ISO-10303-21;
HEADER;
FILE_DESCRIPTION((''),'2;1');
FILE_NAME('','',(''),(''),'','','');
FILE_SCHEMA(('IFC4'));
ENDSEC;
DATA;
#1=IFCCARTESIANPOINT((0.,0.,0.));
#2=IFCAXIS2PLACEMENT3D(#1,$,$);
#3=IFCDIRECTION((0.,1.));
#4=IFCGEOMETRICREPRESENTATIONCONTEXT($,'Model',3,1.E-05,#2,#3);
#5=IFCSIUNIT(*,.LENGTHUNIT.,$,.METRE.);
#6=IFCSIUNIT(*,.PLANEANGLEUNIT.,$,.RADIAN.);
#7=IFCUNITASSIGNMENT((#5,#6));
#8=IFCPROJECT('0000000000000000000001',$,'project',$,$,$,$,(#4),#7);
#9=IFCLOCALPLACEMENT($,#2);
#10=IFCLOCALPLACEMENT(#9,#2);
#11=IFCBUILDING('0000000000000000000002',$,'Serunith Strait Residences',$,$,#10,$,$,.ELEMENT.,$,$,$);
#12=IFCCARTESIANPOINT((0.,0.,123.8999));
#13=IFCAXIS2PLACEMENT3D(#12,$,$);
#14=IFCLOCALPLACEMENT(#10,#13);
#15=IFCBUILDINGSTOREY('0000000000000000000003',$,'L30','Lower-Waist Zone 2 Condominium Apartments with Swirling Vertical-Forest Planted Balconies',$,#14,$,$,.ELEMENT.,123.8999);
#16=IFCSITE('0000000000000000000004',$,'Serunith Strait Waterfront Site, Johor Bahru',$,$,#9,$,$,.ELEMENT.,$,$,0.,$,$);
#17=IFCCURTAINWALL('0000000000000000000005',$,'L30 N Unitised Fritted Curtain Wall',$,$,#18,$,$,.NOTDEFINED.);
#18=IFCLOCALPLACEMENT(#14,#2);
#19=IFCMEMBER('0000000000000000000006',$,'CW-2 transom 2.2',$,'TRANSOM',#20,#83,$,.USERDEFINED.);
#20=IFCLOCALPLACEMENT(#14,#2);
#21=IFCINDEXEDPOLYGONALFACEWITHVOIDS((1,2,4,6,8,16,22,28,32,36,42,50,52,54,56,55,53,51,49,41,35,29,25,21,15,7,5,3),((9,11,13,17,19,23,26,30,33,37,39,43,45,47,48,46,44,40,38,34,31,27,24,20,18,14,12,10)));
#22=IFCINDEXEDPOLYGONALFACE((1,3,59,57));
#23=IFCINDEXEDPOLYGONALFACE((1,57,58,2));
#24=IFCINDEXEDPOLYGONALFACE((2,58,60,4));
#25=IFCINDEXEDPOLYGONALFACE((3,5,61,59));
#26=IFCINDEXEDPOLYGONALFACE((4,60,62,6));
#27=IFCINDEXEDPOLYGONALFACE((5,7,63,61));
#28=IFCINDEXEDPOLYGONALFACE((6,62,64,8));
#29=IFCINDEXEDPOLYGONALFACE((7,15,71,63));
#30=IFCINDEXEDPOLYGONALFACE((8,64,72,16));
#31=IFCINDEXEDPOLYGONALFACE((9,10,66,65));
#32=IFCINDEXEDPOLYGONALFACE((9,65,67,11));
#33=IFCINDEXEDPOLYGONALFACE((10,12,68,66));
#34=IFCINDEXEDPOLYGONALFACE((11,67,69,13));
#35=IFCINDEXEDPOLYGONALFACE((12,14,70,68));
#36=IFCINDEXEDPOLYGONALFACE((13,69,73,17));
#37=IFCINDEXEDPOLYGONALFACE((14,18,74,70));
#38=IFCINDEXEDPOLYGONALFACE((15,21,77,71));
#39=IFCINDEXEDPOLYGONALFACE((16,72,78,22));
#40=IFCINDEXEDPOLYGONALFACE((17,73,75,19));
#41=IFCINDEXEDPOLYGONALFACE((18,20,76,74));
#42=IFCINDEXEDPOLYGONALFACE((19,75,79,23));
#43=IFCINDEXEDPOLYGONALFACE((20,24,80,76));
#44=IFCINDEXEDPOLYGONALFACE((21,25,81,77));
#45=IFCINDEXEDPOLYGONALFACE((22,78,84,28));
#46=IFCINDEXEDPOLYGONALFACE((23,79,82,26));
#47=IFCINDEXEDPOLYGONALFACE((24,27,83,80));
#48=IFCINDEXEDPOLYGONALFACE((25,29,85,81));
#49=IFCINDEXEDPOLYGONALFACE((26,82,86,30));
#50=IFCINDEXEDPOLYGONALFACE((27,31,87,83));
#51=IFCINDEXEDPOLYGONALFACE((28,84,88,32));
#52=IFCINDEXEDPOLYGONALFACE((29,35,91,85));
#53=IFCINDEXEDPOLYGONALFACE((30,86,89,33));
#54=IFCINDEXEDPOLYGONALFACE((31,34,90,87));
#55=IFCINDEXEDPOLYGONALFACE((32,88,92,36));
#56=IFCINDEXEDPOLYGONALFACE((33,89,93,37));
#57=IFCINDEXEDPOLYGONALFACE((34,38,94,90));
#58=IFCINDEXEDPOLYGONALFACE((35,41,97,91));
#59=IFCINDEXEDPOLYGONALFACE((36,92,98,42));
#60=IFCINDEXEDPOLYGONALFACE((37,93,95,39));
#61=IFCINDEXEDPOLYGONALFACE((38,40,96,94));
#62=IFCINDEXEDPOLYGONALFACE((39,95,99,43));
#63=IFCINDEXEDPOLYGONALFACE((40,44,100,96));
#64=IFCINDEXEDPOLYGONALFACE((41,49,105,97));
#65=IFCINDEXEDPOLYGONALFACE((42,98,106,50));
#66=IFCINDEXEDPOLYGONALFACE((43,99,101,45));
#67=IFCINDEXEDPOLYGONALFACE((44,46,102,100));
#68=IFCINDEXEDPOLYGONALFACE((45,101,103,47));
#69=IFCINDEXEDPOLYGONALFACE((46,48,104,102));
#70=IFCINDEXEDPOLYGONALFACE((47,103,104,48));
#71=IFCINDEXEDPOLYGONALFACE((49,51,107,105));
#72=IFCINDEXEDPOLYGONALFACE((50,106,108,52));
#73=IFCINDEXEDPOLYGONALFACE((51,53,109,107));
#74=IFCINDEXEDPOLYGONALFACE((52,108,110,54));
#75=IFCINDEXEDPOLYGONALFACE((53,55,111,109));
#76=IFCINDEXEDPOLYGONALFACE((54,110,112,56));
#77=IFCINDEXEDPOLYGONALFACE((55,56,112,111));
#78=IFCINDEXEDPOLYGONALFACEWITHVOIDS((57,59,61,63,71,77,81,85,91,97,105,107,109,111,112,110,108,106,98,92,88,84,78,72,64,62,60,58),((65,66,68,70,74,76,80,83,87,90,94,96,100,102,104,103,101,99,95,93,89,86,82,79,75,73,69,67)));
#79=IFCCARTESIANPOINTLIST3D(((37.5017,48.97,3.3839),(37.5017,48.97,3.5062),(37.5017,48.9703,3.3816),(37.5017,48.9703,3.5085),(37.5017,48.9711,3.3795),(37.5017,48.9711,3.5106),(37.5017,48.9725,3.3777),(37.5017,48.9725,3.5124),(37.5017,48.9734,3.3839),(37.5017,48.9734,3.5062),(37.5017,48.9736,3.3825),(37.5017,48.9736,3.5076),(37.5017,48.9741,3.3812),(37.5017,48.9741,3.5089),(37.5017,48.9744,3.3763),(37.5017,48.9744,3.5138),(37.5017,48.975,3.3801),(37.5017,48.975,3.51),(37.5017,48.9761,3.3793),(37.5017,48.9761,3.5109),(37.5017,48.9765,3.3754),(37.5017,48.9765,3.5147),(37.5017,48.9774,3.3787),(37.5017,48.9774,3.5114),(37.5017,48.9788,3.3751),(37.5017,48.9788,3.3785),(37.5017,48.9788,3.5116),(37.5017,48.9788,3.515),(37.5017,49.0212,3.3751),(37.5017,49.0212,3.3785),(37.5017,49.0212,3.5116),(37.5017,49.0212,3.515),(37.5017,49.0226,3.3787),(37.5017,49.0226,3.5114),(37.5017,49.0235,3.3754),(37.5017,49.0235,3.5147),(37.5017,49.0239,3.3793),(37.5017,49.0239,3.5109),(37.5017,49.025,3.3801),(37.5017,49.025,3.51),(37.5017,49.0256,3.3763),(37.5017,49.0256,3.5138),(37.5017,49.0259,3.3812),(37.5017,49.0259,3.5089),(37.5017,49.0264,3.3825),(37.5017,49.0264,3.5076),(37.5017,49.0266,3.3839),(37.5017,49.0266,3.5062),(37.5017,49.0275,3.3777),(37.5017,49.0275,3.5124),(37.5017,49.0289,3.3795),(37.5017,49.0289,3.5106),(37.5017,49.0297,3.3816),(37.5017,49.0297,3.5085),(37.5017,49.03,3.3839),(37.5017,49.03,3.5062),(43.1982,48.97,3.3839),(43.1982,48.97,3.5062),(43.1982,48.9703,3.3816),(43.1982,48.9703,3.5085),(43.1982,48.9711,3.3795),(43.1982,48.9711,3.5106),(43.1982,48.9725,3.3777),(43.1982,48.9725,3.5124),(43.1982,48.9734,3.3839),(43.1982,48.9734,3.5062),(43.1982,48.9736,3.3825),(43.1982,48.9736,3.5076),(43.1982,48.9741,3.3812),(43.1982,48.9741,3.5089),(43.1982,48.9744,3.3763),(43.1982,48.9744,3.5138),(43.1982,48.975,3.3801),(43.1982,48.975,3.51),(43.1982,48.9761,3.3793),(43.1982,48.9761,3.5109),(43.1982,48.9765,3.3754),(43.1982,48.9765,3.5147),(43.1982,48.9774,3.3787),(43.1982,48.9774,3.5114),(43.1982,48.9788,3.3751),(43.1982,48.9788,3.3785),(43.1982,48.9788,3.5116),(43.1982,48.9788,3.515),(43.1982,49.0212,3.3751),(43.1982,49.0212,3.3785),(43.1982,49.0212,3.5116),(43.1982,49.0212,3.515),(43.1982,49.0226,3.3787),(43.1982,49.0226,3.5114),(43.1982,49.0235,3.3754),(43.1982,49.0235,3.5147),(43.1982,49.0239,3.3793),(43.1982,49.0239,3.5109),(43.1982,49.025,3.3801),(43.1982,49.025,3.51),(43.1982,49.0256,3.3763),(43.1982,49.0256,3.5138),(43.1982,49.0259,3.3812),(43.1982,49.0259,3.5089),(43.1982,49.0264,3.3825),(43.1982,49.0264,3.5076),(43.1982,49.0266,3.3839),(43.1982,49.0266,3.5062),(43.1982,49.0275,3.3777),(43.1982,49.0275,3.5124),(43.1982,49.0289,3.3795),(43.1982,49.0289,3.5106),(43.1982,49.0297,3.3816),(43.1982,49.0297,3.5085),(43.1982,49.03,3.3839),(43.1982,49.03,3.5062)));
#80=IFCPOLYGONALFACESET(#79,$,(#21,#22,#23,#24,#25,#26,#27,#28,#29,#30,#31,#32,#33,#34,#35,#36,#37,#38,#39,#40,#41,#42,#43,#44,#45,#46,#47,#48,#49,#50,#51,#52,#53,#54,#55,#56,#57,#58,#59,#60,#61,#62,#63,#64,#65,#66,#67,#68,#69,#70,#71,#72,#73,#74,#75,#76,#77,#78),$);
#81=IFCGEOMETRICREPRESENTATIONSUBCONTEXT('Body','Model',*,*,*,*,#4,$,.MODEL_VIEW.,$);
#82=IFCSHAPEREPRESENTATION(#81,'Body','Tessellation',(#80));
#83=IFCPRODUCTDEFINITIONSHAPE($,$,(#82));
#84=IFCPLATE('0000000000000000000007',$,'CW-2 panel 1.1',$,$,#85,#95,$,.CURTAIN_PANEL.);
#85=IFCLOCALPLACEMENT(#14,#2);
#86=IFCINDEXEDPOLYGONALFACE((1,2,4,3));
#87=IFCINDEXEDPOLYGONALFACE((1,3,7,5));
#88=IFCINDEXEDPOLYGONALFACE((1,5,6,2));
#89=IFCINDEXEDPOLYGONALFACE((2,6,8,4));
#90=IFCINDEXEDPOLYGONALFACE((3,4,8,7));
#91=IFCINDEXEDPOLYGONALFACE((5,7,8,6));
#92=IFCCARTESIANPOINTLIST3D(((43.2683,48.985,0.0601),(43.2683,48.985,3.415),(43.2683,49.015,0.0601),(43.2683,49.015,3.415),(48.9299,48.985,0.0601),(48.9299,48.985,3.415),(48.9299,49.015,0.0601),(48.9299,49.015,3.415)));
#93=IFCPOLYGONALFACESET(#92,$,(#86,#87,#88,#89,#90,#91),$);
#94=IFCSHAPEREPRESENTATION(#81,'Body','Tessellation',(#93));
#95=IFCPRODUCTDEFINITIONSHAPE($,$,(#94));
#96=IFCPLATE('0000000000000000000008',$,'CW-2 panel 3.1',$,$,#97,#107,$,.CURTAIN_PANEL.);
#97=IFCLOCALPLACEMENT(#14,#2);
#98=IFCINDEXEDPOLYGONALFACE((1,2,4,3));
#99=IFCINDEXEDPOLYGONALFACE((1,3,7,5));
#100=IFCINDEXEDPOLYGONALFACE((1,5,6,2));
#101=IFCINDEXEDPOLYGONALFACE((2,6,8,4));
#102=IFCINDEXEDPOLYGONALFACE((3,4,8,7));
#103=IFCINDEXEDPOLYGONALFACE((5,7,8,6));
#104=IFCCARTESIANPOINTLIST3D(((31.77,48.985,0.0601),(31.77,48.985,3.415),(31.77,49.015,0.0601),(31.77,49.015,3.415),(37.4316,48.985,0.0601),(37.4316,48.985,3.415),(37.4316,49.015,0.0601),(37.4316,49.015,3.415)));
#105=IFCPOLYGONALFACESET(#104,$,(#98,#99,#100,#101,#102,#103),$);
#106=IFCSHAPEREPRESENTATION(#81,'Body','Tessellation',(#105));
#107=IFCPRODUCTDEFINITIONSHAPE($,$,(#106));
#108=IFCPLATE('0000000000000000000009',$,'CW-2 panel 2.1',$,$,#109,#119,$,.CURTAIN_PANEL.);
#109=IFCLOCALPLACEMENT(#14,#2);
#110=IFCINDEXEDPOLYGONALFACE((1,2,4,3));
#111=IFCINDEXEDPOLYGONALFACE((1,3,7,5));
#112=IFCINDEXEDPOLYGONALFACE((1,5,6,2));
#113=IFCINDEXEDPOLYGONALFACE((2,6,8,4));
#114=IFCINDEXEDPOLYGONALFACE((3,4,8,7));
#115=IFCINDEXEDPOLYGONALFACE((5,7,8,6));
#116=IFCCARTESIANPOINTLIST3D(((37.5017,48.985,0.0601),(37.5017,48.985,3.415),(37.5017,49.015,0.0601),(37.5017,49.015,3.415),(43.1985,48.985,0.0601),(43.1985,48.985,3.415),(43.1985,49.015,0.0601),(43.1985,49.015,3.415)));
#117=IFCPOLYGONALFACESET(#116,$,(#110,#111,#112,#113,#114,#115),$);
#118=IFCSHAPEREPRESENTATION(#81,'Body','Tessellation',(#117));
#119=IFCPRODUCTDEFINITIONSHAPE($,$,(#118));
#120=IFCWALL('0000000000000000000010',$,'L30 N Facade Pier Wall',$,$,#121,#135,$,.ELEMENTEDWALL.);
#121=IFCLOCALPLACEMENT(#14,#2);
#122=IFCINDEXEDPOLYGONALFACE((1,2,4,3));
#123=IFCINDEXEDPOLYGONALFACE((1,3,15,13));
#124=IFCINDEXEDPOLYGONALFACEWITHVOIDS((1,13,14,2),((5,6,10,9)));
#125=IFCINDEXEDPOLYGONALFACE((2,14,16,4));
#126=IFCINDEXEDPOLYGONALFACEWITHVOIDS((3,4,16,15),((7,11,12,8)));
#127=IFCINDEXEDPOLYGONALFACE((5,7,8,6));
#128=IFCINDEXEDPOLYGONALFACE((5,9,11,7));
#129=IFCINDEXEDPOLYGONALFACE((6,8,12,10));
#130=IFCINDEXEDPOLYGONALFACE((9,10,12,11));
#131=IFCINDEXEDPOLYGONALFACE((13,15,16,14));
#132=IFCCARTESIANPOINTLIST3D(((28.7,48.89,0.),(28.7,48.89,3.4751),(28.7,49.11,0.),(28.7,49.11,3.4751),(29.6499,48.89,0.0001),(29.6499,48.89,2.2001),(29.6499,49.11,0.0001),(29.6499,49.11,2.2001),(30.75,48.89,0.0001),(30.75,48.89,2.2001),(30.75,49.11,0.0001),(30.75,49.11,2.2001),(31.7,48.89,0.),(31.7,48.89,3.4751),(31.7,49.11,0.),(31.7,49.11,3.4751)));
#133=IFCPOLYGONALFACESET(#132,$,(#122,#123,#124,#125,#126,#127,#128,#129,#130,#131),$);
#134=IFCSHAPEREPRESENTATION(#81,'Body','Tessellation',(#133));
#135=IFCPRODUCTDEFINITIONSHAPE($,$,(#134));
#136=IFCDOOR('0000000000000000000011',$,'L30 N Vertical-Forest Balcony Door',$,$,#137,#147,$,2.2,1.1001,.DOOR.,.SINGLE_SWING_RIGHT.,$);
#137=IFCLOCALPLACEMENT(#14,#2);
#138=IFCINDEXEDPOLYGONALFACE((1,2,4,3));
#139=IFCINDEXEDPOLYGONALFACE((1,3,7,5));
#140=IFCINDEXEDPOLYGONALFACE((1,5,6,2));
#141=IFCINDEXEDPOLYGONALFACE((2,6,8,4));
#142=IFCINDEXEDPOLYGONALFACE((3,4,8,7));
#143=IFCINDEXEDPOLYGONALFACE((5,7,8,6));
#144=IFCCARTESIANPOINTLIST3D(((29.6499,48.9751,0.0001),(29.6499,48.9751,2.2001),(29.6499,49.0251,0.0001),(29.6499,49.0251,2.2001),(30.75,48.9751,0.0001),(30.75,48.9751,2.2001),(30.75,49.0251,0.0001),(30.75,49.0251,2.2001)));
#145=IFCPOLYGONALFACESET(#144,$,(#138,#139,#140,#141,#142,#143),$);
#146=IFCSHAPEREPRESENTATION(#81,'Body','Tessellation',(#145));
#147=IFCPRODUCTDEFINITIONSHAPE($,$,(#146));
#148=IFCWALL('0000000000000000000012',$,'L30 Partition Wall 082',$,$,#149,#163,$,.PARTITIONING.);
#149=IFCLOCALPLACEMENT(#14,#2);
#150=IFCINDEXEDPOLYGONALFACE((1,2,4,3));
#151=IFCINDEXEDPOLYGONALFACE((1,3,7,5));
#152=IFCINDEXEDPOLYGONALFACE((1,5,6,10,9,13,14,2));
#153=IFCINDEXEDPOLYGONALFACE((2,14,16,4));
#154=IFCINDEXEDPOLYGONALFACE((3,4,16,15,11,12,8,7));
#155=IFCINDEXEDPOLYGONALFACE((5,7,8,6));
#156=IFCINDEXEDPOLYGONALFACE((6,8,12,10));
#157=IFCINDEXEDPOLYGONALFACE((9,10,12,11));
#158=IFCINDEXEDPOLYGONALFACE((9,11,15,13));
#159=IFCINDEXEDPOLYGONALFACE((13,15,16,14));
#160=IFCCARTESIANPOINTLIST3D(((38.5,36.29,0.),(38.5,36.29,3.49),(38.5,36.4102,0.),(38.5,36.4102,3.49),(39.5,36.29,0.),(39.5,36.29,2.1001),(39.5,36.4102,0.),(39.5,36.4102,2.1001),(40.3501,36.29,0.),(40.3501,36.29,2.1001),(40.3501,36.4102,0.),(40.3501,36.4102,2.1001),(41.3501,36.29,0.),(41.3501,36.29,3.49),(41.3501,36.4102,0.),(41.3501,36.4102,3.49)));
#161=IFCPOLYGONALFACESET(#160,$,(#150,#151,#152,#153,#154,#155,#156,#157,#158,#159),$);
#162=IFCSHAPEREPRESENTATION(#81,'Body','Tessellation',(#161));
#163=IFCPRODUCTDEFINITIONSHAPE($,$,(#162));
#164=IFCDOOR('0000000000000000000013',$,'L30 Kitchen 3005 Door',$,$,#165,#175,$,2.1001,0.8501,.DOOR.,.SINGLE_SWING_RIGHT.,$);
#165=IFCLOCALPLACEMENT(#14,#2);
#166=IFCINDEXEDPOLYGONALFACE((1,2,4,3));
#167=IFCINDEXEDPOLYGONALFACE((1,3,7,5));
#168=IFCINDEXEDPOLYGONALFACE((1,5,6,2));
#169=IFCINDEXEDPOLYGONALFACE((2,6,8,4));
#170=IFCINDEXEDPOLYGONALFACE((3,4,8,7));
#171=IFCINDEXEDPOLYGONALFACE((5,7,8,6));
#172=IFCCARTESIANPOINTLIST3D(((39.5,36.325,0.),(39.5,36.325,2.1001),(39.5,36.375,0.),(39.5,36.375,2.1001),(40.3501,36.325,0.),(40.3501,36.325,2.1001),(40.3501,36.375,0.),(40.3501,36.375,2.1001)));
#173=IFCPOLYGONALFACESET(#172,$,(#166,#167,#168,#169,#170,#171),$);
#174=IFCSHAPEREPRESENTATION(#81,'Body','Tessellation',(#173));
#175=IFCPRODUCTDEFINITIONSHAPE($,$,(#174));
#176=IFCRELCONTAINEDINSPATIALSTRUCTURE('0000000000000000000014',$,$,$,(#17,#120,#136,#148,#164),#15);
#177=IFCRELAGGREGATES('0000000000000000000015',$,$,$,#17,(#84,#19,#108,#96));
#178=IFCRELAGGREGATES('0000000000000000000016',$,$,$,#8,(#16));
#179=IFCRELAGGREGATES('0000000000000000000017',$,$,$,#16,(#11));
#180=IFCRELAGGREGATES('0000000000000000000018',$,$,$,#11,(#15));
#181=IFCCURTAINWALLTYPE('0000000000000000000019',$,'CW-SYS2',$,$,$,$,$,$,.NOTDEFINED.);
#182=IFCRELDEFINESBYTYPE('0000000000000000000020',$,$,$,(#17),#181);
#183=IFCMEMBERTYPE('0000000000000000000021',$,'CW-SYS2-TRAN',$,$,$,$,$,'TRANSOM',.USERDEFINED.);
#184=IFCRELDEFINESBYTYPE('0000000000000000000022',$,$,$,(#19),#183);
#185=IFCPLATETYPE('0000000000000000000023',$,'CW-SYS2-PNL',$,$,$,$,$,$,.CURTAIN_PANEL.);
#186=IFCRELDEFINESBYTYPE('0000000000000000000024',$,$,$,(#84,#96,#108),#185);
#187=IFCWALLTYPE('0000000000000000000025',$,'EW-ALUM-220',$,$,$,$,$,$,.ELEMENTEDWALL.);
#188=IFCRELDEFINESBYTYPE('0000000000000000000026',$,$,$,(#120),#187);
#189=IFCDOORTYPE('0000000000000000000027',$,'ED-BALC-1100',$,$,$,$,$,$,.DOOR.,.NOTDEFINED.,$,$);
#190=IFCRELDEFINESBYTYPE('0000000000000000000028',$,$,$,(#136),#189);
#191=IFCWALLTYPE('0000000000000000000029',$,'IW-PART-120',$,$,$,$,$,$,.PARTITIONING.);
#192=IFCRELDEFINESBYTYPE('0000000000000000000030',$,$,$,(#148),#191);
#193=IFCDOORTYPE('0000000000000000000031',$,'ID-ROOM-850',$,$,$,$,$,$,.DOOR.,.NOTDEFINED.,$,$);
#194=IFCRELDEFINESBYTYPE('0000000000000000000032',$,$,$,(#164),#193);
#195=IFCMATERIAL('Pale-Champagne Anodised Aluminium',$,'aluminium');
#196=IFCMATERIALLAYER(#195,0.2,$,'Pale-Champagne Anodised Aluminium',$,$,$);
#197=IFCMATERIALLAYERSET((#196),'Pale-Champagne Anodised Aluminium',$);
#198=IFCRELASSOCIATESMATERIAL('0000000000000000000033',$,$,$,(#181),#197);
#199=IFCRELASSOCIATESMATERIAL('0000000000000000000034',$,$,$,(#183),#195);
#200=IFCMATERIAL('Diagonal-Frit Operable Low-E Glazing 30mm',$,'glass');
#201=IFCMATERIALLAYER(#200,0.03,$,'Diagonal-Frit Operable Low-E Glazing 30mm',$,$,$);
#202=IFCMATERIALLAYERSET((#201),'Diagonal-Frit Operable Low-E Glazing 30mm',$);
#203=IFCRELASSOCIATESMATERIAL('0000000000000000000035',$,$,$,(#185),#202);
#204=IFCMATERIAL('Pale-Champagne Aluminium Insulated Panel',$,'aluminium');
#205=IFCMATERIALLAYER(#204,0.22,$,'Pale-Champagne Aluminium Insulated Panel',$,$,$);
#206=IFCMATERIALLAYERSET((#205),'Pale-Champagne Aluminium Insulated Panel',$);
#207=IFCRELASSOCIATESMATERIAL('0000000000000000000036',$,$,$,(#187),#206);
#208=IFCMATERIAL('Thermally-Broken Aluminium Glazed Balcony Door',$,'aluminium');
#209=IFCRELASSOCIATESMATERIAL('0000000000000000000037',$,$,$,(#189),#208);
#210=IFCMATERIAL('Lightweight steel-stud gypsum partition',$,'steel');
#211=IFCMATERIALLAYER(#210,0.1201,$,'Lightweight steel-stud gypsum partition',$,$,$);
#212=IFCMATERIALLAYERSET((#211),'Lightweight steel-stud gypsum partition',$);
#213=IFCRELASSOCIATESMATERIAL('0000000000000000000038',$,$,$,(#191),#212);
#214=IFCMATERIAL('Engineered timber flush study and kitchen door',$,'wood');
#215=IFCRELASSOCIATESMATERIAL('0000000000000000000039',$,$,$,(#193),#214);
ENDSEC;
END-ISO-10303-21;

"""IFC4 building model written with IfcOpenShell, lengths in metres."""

from ifc_helpers import new_model, si_unit, direction, frame, frame_2d, origin, origin_2d, place, context, subcontext, project, spatial, rectangle, hollow_rectangle, extrude, source, transform, mapped, material, layer, layer_set, material_profile, profile_set, type_object, element, fill, aggregate, save


model = new_model("IFC4")

# Units and contexts
model_context = context("Model", 3, precision=1e-05, world=origin(), true_north=direction((0.0, 1.0)))
body_context = subcontext(model_context, "Body", "Model", "MODEL_VIEW")
ifc_project = project(units=[si_unit("LENGTHUNIT", "METRE"), si_unit("PLANEANGLEUNIT", "RADIAN")], contexts=[model_context])

# Site, building, storey
site_placement = place(None, origin())
site = spatial("IfcSite", under=ifc_project, at=site_placement, Name="Serunith Strait Waterfront Site, Johor Bahru", CompositionType="ELEMENT", RefElevation=0.0)
building_placement = place(site_placement, origin())
building = spatial("IfcBuilding", under=site, at=building_placement, Name="Serunith Strait Residences", CompositionType="ELEMENT")
storey_placement = place(building_placement, frame((0.0, 0.0, 123.8999)))
storey = spatial("IfcBuildingStorey", under=building, at=storey_placement, Name="L30", Description="Lower-Waist Zone 2 Condominium Apartments with Swirling Vertical-Forest Planted Balconies", CompositionType="ELEMENT", Elevation=123.8999)

# Curtain wall, member, plates
ifc_material_1 = material(Name="Pale-Champagne Anodised Aluminium", Category="aluminium")
ifc_layer_1 = layer(ifc_material_1, 0.2, Name="Pale-Champagne Anodised Aluminium")
ifc_layer_set_1 = layer_set([ifc_layer_1], Name="Pale-Champagne Anodised Aluminium")
curtain_wall_type = type_object("IfcCurtainWallType", Name="CW-SYS2", PredefinedType="NOTDEFINED", material=ifc_layer_set_1)
curtain_wall_placement = place(storey_placement, origin())
curtain_wall = element("IfcCurtainWall", 1, at=curtain_wall_placement, inside=storey, type_object=curtain_wall_type, Name="L30 N Unitised Fritted Curtain Wall", PredefinedType="NOTDEFINED")
ifc_material_profile_1 = material_profile(ifc_material_1, hollow_rectangle(XDim=0.0601, YDim=0.1399, WallThickness=0.0034, InnerFilletRadius=0.0054, OuterFilletRadius=0.0088, at=origin_2d()), Name="ALU 140x60x3.5")
ifc_profile_set_1 = profile_set([ifc_material_profile_1], Name="Pale-Champagne Anodised Aluminium")
member_type_1 = type_object("IfcMemberType", Name="CW-SYS2-TRAN", ElementType="TRANSOM", PredefinedType="USERDEFINED", material=ifc_profile_set_1)
shared_shape_1 = source(origin(), body_context, "Body", "SweptSolid", [
    extrude(hollow_rectangle(XDim=0.0601, YDim=0.1399, WallThickness=0.0034, InnerFilletRadius=0.0054, OuterFilletRadius=0.0088, at=origin_2d()), origin(), (0.0, 0.0, 1.0), 5.6965),
])
member_1_placement = place(storey_placement, frame((43.1982, 49.0, 3.4451), z_axis=(-1.0, 0.0, 0.0), x_axis=(0.0, -1.0, 0.0)))
member_1 = element("IfcMember", 2, at=member_1_placement, type_object=member_type_1, Name="CW-2 transom 2.2", ObjectType="TRANSOM", PredefinedType="USERDEFINED", context=body_context, shape_type="MappedRepresentation", body=[
    mapped(shared_shape_1, transform((0.0, 0.0, 0.0), scale=1.0)),
])
ifc_material_2 = material(Name="Diagonal-Frit Operable Low-E Glazing 30mm", Category="glass")
ifc_layer_2 = layer(ifc_material_2, 0.03, Name="Diagonal-Frit Operable Low-E Glazing 30mm")
ifc_layer_set_2 = layer_set([ifc_layer_2], Name="Diagonal-Frit Operable Low-E Glazing 30mm")
plate_type = type_object("IfcPlateType", Name="CW-SYS2-PNL", PredefinedType="CURTAIN_PANEL", material=ifc_layer_set_2)
shared_shape_2 = source(origin(), body_context, "Body", "SweptSolid", [
    extrude(rectangle(XDim=5.6616, YDim=0.03, at=origin_2d()), origin(), (0.0, 0.0, 1.0), 3.355),
])
plate_1_placement = place(storey_placement, frame((46.0991, 49.0, 0.0601), z_axis=(0.0, 0.0, 1.0), x_axis=(-1.0, 0.0, 0.0)))
plate_1 = element("IfcPlate", 3, at=plate_1_placement, type_object=plate_type, Name="CW-2 panel 1.1", PredefinedType="CURTAIN_PANEL", context=body_context, shape_type="MappedRepresentation", body=[
    mapped(shared_shape_2, transform((0.0, 0.0, 0.0), scale=1.0)),
])
plate_2_placement = place(storey_placement, frame((34.6008, 49.0, 0.0601), z_axis=(0.0, 0.0, 1.0), x_axis=(-1.0, 0.0, 0.0)))
plate_2 = element("IfcPlate", 4, at=plate_2_placement, type_object=plate_type, Name="CW-2 panel 3.1", PredefinedType="CURTAIN_PANEL", context=body_context, shape_type="MappedRepresentation", body=[
    mapped(shared_shape_2, transform((0.0, 0.0, 0.0), scale=1.0)),
])
shared_shape_3 = source(origin(), body_context, "Body", "SweptSolid", [
    extrude(rectangle(XDim=5.6968, YDim=0.03, at=origin_2d()), origin(), (0.0, 0.0, 1.0), 3.355),
])
plate_3_placement = place(storey_placement, frame((40.3501, 49.0, 0.0601), z_axis=(0.0, 0.0, 1.0), x_axis=(-1.0, 0.0, 0.0)))
plate_3 = element("IfcPlate", 5, at=plate_3_placement, type_object=plate_type, Name="CW-2 panel 2.1", PredefinedType="CURTAIN_PANEL", context=body_context, shape_type="MappedRepresentation", body=[
    mapped(shared_shape_3, transform((0.0, 0.0, 0.0), scale=1.0)),
])
aggregate(curtain_wall, [plate_1, member_1, plate_3, plate_2])

# Walls, openings, doors
ifc_material_3 = material(Name="Pale-Champagne Aluminium Insulated Panel", Category="aluminium")
ifc_layer_3 = layer(ifc_material_3, 0.22, Name="Pale-Champagne Aluminium Insulated Panel")
ifc_layer_set_3 = layer_set([ifc_layer_3], Name="Pale-Champagne Aluminium Insulated Panel")
wall_type_1 = type_object("IfcWallType", Name="EW-ALUM-220", PredefinedType="ELEMENTEDWALL", material=ifc_layer_set_3)
wall_1_placement = place(storey_placement, frame((31.7, 49.0, 0.0), z_axis=(0.0, 0.0, 1.0), x_axis=(-1.0, 0.0, 0.0)))
wall_1 = element("IfcWall", 6, at=wall_1_placement, inside=storey, type_object=wall_type_1, Name="L30 N Facade Pier Wall", PredefinedType="ELEMENTEDWALL", context=body_context, shape_type="SweptSolid", body=[
    extrude(rectangle(XDim=3.0, YDim=0.22, at=frame_2d((1.5, 0.0))), origin(), (0.0, 0.0, 1.0), 3.4751),
])
opening_1_placement = place(wall_1_placement, frame((0.95, 0.0, 0.0)))
opening_1 = element("IfcOpeningElement", 7, at=opening_1_placement, cuts=wall_1, PredefinedType="OPENING", context=body_context, shape_type="SweptSolid", body=[
    extrude(rectangle(XDim=1.1001, YDim=2.2, at=frame_2d((0.55, 1.1001))), frame((0.0, 0.1201, 0.0), z_axis=(0.0, -1.0, 0.0), x_axis=(1.0, 0.0, 0.0)), (0.0, 0.0, 1.0), 0.24),
])
ifc_material_4 = material(Name="Thermally-Broken Aluminium Glazed Balcony Door", Category="aluminium")
door_type_1 = type_object("IfcDoorType", Name="ED-BALC-1100", OperationType="NOTDEFINED", PredefinedType="DOOR", material=ifc_material_4)
shared_shape_4 = source(origin(), body_context, "Body", "SweptSolid", [
    extrude(rectangle(XDim=1.1001, YDim=2.2, at=frame_2d((0.55, 1.1001))), frame((0.0, 0.0249, 0.0), z_axis=(0.0, -1.0, 0.0), x_axis=(1.0, 0.0, 0.0)), (0.0, 0.0, 1.0), 0.05),
])
door_1_placement = place(opening_1_placement, origin())
door_1 = element("IfcDoor", 8, at=door_1_placement, inside=storey, type_object=door_type_1, Name="L30 N Vertical-Forest Balcony Door", OperationType="SINGLE_SWING_RIGHT", OverallHeight=2.2, OverallWidth=1.1001, PredefinedType="DOOR", context=body_context, shape_type="MappedRepresentation", body=[
    mapped(shared_shape_4, transform((0.0, 0.0, 0.0), scale=1.0)),
])
fill(opening_1, door_1)
ifc_material_5 = material(Name="Lightweight steel-stud gypsum partition", Category="steel")
ifc_layer_4 = layer(ifc_material_5, 0.1201, Name="Lightweight steel-stud gypsum partition")
ifc_layer_set_4 = layer_set([ifc_layer_4], Name="Lightweight steel-stud gypsum partition")
wall_type_2 = type_object("IfcWallType", Name="IW-PART-120", PredefinedType="PARTITIONING", material=ifc_layer_set_4)
wall_2_placement = place(storey_placement, frame((38.5, 36.3501, 0.0), z_axis=(0.0, 0.0, 1.0), x_axis=(1.0, 0.0, 0.0)))
wall_2 = element("IfcWall", 9, at=wall_2_placement, inside=storey, type_object=wall_type_2, Name="L30 Partition Wall 082", PredefinedType="PARTITIONING", context=body_context, shape_type="SweptSolid", body=[
    extrude(rectangle(XDim=2.8501, YDim=0.1201, at=frame_2d((1.425, 0.0))), origin(), (0.0, 0.0, 1.0), 3.49),
])
opening_2_placement = place(wall_2_placement, frame((1.0, 0.0, 0.0)))
opening_2 = element("IfcOpeningElement", 10, at=opening_2_placement, cuts=wall_2, PredefinedType="OPENING", context=body_context, shape_type="SweptSolid", body=[
    extrude(rectangle(XDim=0.8501, YDim=2.1001, at=frame_2d((0.425, 1.05))), frame((0.0, 0.0701, 0.0), z_axis=(0.0, -1.0, 0.0), x_axis=(1.0, 0.0, 0.0)), (0.0, 0.0, 1.0), 0.1401),
])
ifc_material_6 = material(Name="Engineered timber flush study and kitchen door", Category="wood")
door_type_2 = type_object("IfcDoorType", Name="ID-ROOM-850", OperationType="NOTDEFINED", PredefinedType="DOOR", material=ifc_material_6)
shared_shape_5 = source(origin(), body_context, "Body", "SweptSolid", [
    extrude(rectangle(XDim=0.8501, YDim=2.1001, at=frame_2d((0.425, 1.05))), frame((0.0, 0.0249, 0.0), z_axis=(0.0, -1.0, 0.0), x_axis=(1.0, 0.0, 0.0)), (0.0, 0.0, 1.0), 0.05),
])
door_2_placement = place(opening_2_placement, origin())
door_2 = element("IfcDoor", 11, at=door_2_placement, inside=storey, type_object=door_type_2, Name="L30 Kitchen 3005 Door", OperationType="SINGLE_SWING_RIGHT", OverallHeight=2.1001, OverallWidth=0.8501, PredefinedType="DOOR", context=body_context, shape_type="MappedRepresentation", body=[
    mapped(shared_shape_5, transform((0.0, 0.0, 0.0), scale=1.0)),
])
fill(opening_2, door_2)

save(model, "model.ifc")
